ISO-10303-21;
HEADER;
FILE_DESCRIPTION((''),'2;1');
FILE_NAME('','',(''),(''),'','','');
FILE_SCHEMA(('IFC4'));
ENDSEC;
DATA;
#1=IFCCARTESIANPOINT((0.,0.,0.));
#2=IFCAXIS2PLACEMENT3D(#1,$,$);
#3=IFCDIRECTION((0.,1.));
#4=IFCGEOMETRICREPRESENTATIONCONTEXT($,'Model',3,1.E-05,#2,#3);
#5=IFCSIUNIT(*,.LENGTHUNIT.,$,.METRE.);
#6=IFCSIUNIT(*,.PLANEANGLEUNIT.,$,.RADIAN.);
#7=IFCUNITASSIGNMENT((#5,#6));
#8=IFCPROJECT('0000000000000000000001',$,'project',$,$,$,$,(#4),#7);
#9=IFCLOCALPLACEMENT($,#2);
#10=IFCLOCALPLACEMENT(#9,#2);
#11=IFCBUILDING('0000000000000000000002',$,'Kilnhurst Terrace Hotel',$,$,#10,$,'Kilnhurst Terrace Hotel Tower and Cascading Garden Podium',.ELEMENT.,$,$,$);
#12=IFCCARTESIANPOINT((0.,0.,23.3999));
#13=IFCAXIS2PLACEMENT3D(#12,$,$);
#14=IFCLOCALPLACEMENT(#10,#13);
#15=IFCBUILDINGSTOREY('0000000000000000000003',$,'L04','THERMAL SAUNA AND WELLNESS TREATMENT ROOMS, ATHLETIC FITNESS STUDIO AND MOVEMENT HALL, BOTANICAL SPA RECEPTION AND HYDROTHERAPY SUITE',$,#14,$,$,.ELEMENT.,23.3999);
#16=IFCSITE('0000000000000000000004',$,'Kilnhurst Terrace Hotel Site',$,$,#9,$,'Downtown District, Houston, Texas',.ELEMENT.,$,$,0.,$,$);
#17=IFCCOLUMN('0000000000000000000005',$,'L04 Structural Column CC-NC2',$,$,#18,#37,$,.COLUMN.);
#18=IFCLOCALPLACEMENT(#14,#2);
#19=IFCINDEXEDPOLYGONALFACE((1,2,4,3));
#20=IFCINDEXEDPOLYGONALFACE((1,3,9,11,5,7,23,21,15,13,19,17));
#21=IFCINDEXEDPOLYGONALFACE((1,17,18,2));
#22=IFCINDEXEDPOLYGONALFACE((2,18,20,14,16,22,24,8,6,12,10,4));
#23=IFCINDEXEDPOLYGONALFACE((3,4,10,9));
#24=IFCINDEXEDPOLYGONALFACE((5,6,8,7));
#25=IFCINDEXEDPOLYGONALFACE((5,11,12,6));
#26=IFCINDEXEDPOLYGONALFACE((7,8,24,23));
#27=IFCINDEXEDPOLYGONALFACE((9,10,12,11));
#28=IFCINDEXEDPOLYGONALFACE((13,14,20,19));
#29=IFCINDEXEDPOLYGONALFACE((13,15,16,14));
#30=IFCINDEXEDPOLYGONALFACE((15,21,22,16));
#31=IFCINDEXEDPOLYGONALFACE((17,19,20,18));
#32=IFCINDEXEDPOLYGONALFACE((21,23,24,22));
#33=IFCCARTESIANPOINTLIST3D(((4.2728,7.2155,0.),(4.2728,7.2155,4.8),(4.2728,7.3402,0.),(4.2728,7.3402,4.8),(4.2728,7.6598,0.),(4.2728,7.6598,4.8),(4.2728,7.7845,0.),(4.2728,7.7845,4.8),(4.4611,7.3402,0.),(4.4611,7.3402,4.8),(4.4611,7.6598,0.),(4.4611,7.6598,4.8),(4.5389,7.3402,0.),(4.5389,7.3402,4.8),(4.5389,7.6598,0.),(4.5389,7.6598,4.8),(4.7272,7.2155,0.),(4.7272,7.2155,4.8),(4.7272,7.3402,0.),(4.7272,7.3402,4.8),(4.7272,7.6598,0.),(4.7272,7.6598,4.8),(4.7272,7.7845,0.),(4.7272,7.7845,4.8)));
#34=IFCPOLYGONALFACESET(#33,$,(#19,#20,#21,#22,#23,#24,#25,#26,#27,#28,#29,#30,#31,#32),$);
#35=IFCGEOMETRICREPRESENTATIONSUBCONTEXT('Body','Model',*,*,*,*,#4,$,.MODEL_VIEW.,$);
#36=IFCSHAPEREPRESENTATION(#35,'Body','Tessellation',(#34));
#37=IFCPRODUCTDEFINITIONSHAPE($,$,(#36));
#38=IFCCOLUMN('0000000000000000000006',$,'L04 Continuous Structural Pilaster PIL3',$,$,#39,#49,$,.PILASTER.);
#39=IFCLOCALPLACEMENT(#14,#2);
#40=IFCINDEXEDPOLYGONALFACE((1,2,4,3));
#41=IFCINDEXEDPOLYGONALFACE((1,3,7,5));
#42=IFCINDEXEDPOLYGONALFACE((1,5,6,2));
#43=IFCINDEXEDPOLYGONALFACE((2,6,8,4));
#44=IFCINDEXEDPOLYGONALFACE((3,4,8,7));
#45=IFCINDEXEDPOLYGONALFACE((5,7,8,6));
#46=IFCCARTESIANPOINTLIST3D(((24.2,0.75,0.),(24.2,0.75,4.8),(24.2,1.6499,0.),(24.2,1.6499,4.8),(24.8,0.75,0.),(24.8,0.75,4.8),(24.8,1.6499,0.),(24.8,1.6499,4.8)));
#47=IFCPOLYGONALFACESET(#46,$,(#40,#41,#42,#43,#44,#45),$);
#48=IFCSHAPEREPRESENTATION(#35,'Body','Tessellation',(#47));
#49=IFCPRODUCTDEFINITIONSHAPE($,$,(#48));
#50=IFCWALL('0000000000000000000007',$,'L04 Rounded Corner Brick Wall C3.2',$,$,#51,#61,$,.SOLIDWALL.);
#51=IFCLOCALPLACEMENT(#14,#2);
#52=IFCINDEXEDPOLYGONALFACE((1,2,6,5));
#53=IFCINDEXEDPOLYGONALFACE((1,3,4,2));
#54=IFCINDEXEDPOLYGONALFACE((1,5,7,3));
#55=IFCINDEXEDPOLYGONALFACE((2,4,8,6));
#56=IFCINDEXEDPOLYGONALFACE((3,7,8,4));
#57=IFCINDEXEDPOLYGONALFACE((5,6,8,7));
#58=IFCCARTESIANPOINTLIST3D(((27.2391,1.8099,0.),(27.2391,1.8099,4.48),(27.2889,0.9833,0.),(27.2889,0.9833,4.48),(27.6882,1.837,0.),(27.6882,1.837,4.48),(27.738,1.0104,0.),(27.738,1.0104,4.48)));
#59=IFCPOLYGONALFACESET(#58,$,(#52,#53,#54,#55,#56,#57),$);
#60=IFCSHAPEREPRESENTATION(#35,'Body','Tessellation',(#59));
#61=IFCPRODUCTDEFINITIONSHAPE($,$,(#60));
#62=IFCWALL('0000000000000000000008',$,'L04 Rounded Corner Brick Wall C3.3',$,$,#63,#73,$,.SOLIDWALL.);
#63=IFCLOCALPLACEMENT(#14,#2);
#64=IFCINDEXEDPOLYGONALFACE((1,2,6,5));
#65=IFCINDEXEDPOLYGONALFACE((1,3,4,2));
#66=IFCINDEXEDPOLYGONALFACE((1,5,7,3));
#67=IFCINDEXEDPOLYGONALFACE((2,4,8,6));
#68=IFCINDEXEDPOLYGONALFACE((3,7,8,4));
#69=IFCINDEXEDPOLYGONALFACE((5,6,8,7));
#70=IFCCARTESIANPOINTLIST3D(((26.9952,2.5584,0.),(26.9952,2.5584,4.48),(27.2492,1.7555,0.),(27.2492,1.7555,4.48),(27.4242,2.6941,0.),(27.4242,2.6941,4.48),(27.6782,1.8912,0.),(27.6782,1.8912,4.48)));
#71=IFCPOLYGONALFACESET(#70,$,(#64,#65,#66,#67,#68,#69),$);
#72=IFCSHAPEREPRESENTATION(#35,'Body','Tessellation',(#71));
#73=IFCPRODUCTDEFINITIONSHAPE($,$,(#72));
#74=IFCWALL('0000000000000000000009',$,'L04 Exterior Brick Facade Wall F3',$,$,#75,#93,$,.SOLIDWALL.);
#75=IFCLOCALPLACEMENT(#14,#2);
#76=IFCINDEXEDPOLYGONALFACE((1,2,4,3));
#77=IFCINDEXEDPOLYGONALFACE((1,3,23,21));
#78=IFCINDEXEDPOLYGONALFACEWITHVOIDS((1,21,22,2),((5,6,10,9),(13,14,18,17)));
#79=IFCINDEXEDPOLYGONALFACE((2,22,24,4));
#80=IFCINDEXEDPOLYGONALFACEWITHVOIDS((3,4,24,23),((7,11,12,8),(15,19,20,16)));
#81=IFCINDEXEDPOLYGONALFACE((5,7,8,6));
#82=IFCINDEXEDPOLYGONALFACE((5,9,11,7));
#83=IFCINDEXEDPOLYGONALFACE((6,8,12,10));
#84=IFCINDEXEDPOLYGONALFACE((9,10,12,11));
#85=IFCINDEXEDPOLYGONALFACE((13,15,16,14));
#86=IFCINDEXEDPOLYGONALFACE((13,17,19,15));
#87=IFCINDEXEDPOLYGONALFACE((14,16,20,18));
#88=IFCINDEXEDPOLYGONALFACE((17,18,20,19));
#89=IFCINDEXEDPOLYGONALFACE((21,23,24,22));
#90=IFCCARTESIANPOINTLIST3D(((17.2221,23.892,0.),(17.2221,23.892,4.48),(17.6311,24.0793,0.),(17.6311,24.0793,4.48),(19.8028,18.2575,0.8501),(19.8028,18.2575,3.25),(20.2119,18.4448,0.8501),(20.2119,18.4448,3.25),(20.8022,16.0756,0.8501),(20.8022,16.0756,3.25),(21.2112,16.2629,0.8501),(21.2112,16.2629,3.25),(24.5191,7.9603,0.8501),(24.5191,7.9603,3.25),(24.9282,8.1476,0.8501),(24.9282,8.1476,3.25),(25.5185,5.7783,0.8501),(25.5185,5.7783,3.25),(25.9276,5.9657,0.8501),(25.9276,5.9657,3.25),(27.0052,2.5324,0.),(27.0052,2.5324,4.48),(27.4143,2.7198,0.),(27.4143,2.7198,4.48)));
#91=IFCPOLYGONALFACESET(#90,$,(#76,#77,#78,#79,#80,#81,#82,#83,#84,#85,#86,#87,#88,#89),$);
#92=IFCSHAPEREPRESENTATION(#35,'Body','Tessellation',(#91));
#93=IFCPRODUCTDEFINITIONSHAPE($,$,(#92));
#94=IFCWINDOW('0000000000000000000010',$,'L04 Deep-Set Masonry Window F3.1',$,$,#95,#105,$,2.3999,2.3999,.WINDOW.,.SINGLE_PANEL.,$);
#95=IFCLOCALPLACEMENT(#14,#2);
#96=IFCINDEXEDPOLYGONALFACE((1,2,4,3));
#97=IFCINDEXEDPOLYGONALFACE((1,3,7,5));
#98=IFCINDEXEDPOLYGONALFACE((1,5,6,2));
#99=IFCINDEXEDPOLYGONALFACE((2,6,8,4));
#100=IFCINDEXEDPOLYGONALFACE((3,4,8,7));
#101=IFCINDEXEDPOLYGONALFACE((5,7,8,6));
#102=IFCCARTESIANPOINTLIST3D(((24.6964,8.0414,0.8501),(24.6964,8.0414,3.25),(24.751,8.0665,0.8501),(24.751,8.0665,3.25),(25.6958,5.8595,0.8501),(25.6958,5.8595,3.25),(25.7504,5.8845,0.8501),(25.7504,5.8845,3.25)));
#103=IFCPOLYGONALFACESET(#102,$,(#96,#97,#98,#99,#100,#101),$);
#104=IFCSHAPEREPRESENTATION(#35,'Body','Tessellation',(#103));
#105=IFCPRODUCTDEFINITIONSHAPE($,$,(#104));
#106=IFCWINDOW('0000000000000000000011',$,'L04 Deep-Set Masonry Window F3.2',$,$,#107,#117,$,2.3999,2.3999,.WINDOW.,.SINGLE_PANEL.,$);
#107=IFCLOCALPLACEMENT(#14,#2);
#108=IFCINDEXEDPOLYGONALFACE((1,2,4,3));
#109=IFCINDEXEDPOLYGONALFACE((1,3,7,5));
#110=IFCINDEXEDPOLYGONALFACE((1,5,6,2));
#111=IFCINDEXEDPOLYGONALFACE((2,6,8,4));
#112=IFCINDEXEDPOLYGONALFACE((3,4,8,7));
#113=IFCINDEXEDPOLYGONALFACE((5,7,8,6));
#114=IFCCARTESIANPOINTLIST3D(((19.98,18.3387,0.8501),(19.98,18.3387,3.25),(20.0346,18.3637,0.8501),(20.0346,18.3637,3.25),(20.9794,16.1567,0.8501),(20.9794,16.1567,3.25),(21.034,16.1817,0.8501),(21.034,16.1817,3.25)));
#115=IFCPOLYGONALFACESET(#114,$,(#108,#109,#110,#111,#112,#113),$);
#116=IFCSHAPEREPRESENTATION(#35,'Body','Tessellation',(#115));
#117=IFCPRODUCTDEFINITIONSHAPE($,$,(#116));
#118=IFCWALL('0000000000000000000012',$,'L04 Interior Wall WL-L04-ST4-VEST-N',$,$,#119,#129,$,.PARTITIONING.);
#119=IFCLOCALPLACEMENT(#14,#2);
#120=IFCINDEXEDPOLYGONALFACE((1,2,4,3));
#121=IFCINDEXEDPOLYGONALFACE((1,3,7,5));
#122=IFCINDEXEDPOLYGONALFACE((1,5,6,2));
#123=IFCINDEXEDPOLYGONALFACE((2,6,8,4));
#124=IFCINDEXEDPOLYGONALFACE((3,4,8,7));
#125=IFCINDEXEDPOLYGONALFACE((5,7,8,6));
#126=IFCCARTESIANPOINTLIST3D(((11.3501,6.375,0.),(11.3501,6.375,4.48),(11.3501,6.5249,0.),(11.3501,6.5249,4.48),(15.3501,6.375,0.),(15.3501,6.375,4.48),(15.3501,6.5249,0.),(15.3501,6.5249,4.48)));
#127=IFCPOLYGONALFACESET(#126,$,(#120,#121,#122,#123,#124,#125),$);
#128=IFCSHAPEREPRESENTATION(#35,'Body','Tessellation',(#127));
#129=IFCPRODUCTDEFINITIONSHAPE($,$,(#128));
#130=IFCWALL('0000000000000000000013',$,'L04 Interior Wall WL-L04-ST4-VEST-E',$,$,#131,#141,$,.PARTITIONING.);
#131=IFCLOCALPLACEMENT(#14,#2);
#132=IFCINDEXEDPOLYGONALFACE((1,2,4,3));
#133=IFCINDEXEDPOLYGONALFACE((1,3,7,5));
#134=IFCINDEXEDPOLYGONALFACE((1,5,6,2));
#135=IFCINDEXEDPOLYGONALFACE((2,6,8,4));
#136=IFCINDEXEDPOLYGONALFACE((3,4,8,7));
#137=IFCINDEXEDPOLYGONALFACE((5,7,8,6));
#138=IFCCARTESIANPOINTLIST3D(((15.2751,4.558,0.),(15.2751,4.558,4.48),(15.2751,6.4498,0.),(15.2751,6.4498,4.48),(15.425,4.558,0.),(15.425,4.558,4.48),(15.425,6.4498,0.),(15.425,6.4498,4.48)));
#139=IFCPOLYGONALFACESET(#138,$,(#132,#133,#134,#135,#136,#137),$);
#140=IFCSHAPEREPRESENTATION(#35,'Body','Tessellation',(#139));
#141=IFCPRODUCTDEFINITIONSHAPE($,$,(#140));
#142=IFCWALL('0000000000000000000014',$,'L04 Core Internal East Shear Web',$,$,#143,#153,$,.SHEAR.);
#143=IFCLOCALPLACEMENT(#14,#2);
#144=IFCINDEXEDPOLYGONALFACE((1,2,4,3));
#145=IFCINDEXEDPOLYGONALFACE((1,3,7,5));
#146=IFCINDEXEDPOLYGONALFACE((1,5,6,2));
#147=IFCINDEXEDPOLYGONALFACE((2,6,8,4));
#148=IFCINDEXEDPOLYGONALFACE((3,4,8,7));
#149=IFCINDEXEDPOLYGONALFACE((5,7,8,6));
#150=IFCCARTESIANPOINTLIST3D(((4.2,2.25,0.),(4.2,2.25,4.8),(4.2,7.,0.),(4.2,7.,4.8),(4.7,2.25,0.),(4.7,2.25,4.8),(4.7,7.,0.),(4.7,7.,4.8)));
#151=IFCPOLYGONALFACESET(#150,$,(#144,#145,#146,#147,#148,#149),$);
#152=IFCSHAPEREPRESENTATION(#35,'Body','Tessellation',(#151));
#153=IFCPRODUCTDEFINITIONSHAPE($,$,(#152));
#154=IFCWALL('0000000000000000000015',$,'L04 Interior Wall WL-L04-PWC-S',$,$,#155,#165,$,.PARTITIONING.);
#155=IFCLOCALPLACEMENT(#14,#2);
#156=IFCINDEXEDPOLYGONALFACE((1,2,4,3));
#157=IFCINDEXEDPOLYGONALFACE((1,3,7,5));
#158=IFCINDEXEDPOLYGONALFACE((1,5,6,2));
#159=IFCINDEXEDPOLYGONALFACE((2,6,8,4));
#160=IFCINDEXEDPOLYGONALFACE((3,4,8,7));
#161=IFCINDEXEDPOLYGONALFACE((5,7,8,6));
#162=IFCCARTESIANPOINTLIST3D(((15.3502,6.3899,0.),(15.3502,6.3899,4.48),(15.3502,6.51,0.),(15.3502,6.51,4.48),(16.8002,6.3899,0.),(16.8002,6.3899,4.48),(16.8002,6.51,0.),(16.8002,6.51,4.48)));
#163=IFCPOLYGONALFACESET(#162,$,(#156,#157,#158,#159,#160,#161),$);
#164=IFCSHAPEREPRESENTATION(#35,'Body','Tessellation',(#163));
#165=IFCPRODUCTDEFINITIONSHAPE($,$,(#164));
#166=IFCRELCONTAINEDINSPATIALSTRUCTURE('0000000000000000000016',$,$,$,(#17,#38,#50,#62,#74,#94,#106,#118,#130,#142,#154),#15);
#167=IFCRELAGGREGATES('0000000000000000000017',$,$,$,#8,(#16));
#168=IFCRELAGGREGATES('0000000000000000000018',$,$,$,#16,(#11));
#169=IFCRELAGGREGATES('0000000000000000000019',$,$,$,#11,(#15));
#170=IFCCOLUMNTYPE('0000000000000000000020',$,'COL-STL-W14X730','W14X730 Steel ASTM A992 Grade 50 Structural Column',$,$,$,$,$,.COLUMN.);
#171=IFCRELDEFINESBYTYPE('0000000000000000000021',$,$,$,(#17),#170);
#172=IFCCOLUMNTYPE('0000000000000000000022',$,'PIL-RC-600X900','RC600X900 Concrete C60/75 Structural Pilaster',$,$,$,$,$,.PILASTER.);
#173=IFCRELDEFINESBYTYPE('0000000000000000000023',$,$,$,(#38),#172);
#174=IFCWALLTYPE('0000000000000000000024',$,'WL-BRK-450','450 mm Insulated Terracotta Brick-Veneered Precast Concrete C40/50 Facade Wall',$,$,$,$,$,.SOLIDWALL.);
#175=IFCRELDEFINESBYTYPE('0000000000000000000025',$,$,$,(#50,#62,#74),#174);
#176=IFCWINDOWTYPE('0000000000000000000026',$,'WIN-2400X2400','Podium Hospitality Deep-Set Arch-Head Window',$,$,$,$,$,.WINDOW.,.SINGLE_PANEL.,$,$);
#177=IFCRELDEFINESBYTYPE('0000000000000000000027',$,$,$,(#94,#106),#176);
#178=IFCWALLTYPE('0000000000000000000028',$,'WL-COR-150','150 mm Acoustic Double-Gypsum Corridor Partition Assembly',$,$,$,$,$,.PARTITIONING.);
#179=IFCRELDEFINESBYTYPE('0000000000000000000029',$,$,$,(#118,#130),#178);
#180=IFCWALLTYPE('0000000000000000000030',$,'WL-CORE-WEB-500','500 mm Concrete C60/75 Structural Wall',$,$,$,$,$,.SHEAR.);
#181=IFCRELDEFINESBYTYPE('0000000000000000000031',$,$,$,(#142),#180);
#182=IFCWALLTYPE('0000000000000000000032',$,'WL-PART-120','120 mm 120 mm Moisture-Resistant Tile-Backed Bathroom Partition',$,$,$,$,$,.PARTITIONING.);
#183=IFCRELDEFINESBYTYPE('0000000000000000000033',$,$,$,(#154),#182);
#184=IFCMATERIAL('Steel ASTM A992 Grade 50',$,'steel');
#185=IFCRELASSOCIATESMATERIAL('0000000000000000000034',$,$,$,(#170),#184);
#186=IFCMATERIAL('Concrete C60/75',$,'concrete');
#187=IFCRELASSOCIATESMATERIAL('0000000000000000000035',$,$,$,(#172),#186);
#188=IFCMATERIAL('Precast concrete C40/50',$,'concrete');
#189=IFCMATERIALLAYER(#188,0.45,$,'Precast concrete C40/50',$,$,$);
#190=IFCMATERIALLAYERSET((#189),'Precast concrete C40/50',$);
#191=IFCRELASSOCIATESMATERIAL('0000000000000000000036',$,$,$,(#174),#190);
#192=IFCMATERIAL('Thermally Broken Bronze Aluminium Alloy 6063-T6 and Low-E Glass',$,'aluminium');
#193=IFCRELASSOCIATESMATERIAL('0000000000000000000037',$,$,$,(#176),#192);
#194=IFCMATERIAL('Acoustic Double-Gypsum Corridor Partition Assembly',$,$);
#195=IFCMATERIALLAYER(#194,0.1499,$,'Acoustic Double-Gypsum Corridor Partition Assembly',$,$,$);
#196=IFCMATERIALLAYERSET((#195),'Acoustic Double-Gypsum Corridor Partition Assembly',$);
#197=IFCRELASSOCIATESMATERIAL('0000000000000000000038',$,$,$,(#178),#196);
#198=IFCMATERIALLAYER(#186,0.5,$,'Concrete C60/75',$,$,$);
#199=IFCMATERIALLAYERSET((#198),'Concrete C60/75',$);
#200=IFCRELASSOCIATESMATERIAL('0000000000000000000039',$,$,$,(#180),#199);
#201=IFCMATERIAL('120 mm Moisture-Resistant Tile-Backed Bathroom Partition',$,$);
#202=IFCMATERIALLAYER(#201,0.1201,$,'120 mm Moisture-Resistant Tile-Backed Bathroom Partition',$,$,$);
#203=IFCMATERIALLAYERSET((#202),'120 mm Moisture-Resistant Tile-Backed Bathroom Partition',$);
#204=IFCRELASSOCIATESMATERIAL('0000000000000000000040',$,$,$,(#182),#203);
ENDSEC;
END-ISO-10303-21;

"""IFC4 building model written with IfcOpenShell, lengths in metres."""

from ifc_helpers import new_model, si_unit, direction, frame, frame_2d, origin, origin_2d, place, context, subcontext, project, spatial, rectangle, i_section, extrude, material, layer, layer_set, material_profile, profile_set, type_object, element, fill, save


model = new_model("IFC4")

# Units and contexts
model_context = context("Model", 3, precision=1e-05, world=origin(), true_north=direction((0.0, 1.0)))
body_context = subcontext(model_context, "Body", "Model", "MODEL_VIEW")
ifc_project = project(units=[si_unit("LENGTHUNIT", "METRE"), si_unit("PLANEANGLEUNIT", "RADIAN")], contexts=[model_context])

# Site, building, storey
site_placement = place(None, origin())
site = spatial("IfcSite", under=ifc_project, at=site_placement, Name="Kilnhurst Terrace Hotel Site", LongName="Downtown District, Houston, Texas", CompositionType="ELEMENT", RefElevation=0.0)
building_placement = place(site_placement, origin())
building = spatial("IfcBuilding", under=site, at=building_placement, Name="Kilnhurst Terrace Hotel", LongName="Kilnhurst Terrace Hotel Tower and Cascading Garden Podium", CompositionType="ELEMENT")
storey_placement = place(building_placement, frame((0.0, 0.0, 23.3999)))
storey = spatial("IfcBuildingStorey", under=building, at=storey_placement, Name="L04", Description="THERMAL SAUNA AND WELLNESS TREATMENT ROOMS, ATHLETIC FITNESS STUDIO AND MOVEMENT HALL, BOTANICAL SPA RECEPTION AND HYDROTHERAPY SUITE", CompositionType="ELEMENT", Elevation=23.3999)

# Columns
ifc_material_1 = material(Name="Steel ASTM A992 Grade 50", Category="steel")
ifc_material_profile_1 = material_profile(ifc_material_1, i_section(OverallWidth=0.4543, OverallDepth=0.5691, WebThickness=0.0779, FlangeThickness=0.1248, at=origin_2d()), Name="W14X730")
ifc_profile_set_1 = profile_set([ifc_material_profile_1], Name="Steel ASTM A992 Grade 50")
column_type_1 = type_object("IfcColumnType", Name="COL-STL-W14X730", Description="W14X730 Steel ASTM A992 Grade 50 Structural Column", PredefinedType="COLUMN", material=ifc_profile_set_1)
column_1_placement = place(storey_placement, frame((4.5, 7.5, 0.0), z_axis=(0.0, 0.0, 1.0), x_axis=(1.0, 0.0, 0.0)))
element("IfcColumn", 1, at=column_1_placement, inside=storey, type_object=column_type_1, Name="L04 Structural Column CC-NC2", PredefinedType="COLUMN", context=body_context, shape_type="SweptSolid", body=[
    extrude(i_section(OverallWidth=0.4543, OverallDepth=0.5691, WebThickness=0.0779, FlangeThickness=0.1248, at=origin_2d()), origin(), (0.0, 0.0, 1.0), 4.8),
])
ifc_material_2 = material(Name="Concrete C60/75", Category="concrete")
ifc_material_profile_2 = material_profile(ifc_material_2, rectangle(XDim=0.6001, YDim=0.8999, at=origin_2d()), Name="RC600X900")
ifc_profile_set_2 = profile_set([ifc_material_profile_2], Name="Concrete C60/75")
column_type_2 = type_object("IfcColumnType", Name="PIL-RC-600X900", Description="RC600X900 Concrete C60/75 Structural Pilaster", PredefinedType="PILASTER", material=ifc_profile_set_2)
column_2_placement = place(storey_placement, frame((24.5, 1.2, 0.0), z_axis=(0.0, 0.0, 1.0), x_axis=(1.0, 0.0, 0.0)))
element("IfcColumn", 2, at=column_2_placement, inside=storey, type_object=column_type_2, Name="L04 Continuous Structural Pilaster PIL3", PredefinedType="PILASTER", context=body_context, shape_type="SweptSolid", body=[
    extrude(rectangle(XDim=0.6001, YDim=0.8999, at=origin_2d()), origin(), (0.0, 0.0, 1.0), 4.8),
])

# Walls
ifc_material_3 = material(Name="Precast concrete C40/50", Category="concrete")
ifc_layer_1 = layer(ifc_material_3, 0.45, Name="Precast concrete C40/50")
ifc_layer_set_1 = layer_set([ifc_layer_1], Name="Precast concrete C40/50")
wall_type_1 = type_object("IfcWallType", Name="WL-BRK-450", Description="450 mm Insulated Terracotta Brick-Veneered Precast Concrete C40/50 Facade Wall", PredefinedType="SOLIDWALL", material=ifc_layer_set_1)
wall_1_placement = place(storey_placement, frame((27.5134, 0.9968, 0.0), z_axis=(0.0, 0.0, 1.0), x_axis=(-0.060139, 0.99819, 0.0)))
element("IfcWall", 3, at=wall_1_placement, inside=storey, type_object=wall_type_1, Name="L04 Rounded Corner Brick Wall C3.2", PredefinedType="SOLIDWALL", context=body_context, shape_type="SweptSolid", body=[
    extrude(rectangle(XDim=0.8281, YDim=0.45, at=frame_2d((0.4141, 0.0))), origin(), (0.0, 0.0, 1.0), 4.48),
])
wall_2_placement = place(storey_placement, frame((27.4636, 1.8235, 0.0), z_axis=(0.0, 0.0, 1.0), x_axis=(-0.301575, 0.953442, 0.0)))
element("IfcWall", 4, at=wall_2_placement, inside=storey, type_object=wall_type_1, Name="L04 Rounded Corner Brick Wall C3.3", PredefinedType="SOLIDWALL", context=body_context, shape_type="SweptSolid", body=[
    extrude(rectangle(XDim=0.842, YDim=0.45, at=frame_2d((0.4209, 0.0))), origin(), (0.0, 0.0, 1.0), 4.48),
])

# Wall, openings, windows
wall_3_placement = place(storey_placement, frame((27.2097, 2.6262, 0.0), z_axis=(0.0, 0.0, 1.0), x_axis=(-0.416422, 0.909172, 0.0)))
wall_3 = element("IfcWall", 5, at=wall_3_placement, inside=storey, type_object=wall_type_1, Name="L04 Exterior Brick Facade Wall F3", PredefinedType="SOLIDWALL", context=body_context, shape_type="SweptSolid", body=[
    extrude(rectangle(XDim=23.4934, YDim=0.45, at=frame_2d((11.7466, 0.0))), origin(), (0.0, 0.0, 1.0), 4.48),
])
opening_1_placement = place(wall_3_placement, frame((3.5701, 0.0, 0.8501)))
opening_1 = element("IfcOpeningElement", 6, at=opening_1_placement, cuts=wall_3, PredefinedType="OPENING", context=body_context, shape_type="SweptSolid", body=[
    extrude(rectangle(XDim=2.3999, YDim=2.3999, at=frame_2d((1.2, 1.2))), frame((0.0, 0.2349, 0.0), z_axis=(0.0, -1.0, 0.0), x_axis=(1.0, 0.0, 0.0)), (0.0, 0.0, 1.0), 0.47),
])
opening_2_placement = place(wall_3_placement, frame((14.896, 0.0, 0.8501)))
opening_2 = element("IfcOpeningElement", 7, at=opening_2_placement, cuts=wall_3, PredefinedType="OPENING", context=body_context, shape_type="SweptSolid", body=[
    extrude(rectangle(XDim=2.3999, YDim=2.3999, at=frame_2d((1.2, 1.2))), frame((0.0, 0.2349, 0.0), z_axis=(0.0, -1.0, 0.0), x_axis=(1.0, 0.0, 0.0)), (0.0, 0.0, 1.0), 0.47),
])
ifc_material_4 = material(Name="Thermally Broken Bronze Aluminium Alloy 6063-T6 and Low-E Glass", Category="aluminium")
window_type = type_object("IfcWindowType", Name="WIN-2400X2400", Description="Podium Hospitality Deep-Set Arch-Head Window", PartitioningType="SINGLE_PANEL", PredefinedType="WINDOW", material=ifc_material_4)
window_1_placement = place(opening_1_placement, origin())
window_1 = element("IfcWindow", 8, at=window_1_placement, inside=storey, type_object=window_type, Name="L04 Deep-Set Masonry Window F3.1", OverallHeight=2.3999, OverallWidth=2.3999, PartitioningType="SINGLE_PANEL", PredefinedType="WINDOW", context=body_context, shape_type="SweptSolid", body=[
    extrude(rectangle(XDim=2.3999, YDim=2.3999, at=frame_2d((1.2, 1.2))), frame((0.0, 0.03, 0.0), z_axis=(0.0, -1.0, 0.0), x_axis=(1.0, 0.0, 0.0)), (0.0, 0.0, 1.0), 0.0601),
])
fill(opening_1, window_1)
window_2_placement = place(opening_2_placement, origin())
window_2 = element("IfcWindow", 9, at=window_2_placement, inside=storey, type_object=window_type, Name="L04 Deep-Set Masonry Window F3.2", OverallHeight=2.3999, OverallWidth=2.3999, PartitioningType="SINGLE_PANEL", PredefinedType="WINDOW", context=body_context, shape_type="SweptSolid", body=[
    extrude(rectangle(XDim=2.3999, YDim=2.3999, at=frame_2d((1.2, 1.2))), frame((0.0, 0.03, 0.0), z_axis=(0.0, -1.0, 0.0), x_axis=(1.0, 0.0, 0.0)), (0.0, 0.0, 1.0), 0.0601),
])
fill(opening_2, window_2)

# Walls
ifc_material_5 = material(Name="Acoustic Double-Gypsum Corridor Partition Assembly")
ifc_layer_2 = layer(ifc_material_5, 0.1499, Name="Acoustic Double-Gypsum Corridor Partition Assembly")
ifc_layer_set_2 = layer_set([ifc_layer_2], Name="Acoustic Double-Gypsum Corridor Partition Assembly")
wall_type_2 = type_object("IfcWallType", Name="WL-COR-150", Description="150 mm Acoustic Double-Gypsum Corridor Partition Assembly", PredefinedType="PARTITIONING", material=ifc_layer_set_2)
wall_4_placement = place(storey_placement, frame((11.3501, 6.45, 0.0), z_axis=(0.0, 0.0, 1.0), x_axis=(1.0, 0.0, 0.0)))
element("IfcWall", 10, at=wall_4_placement, inside=storey, type_object=wall_type_2, Name="L04 Interior Wall WL-L04-ST4-VEST-N", PredefinedType="PARTITIONING", context=body_context, shape_type="SweptSolid", body=[
    extrude(rectangle(XDim=4.0, YDim=0.1499, at=frame_2d((2.0, 0.0))), origin(), (0.0, 0.0, 1.0), 4.48),
])
wall_5_placement = place(storey_placement, frame((15.3501, 4.5581, 0.0), z_axis=(0.0, 0.0, 1.0), x_axis=(0.0, 1.0, 0.0)))
element("IfcWall", 11, at=wall_5_placement, inside=storey, type_object=wall_type_2, Name="L04 Interior Wall WL-L04-ST4-VEST-E", PredefinedType="PARTITIONING", context=body_context, shape_type="SweptSolid", body=[
    extrude(rectangle(XDim=1.8918, YDim=0.1499, at=frame_2d((0.9458, 0.0))), origin(), (0.0, 0.0, 1.0), 4.48),
])
ifc_layer_3 = layer(ifc_material_2, 0.5, Name="Concrete C60/75")
ifc_layer_set_3 = layer_set([ifc_layer_3], Name="Concrete C60/75")
wall_type_3 = type_object("IfcWallType", Name="WL-CORE-WEB-500", Description="500 mm Concrete C60/75 Structural Wall", PredefinedType="SHEAR", material=ifc_layer_set_3)
wall_6_placement = place(storey_placement, frame((4.45, 2.25, 0.0), z_axis=(0.0, 0.0, 1.0), x_axis=(0.0, 1.0, 0.0)))
element("IfcWall", 12, at=wall_6_placement, inside=storey, type_object=wall_type_3, Name="L04 Core Internal East Shear Web", PredefinedType="SHEAR", context=body_context, shape_type="SweptSolid", body=[
    extrude(rectangle(XDim=4.75, YDim=0.5, at=frame_2d((2.375, 0.0))), origin(), (0.0, 0.0, 1.0), 4.8),
])
ifc_material_6 = material(Name="120 mm Moisture-Resistant Tile-Backed Bathroom Partition")
ifc_layer_4 = layer(ifc_material_6, 0.1201, Name="120 mm Moisture-Resistant Tile-Backed Bathroom Partition")
ifc_layer_set_4 = layer_set([ifc_layer_4], Name="120 mm Moisture-Resistant Tile-Backed Bathroom Partition")
wall_type_4 = type_object("IfcWallType", Name="WL-PART-120", Description="120 mm 120 mm Moisture-Resistant Tile-Backed Bathroom Partition", PredefinedType="PARTITIONING", material=ifc_layer_set_4)
wall_7_placement = place(storey_placement, frame((15.3501, 6.45, 0.0), z_axis=(0.0, 0.0, 1.0), x_axis=(1.0, 0.0, 0.0)))
element("IfcWall", 13, at=wall_7_placement, inside=storey, type_object=wall_type_4, Name="L04 Interior Wall WL-L04-PWC-S", PredefinedType="PARTITIONING", context=body_context, shape_type="SweptSolid", body=[
    extrude(rectangle(XDim=1.45, YDim=0.1201, at=frame_2d((0.7251, 0.0))), origin(), (0.0, 0.0, 1.0), 4.48),
])

save(model, "model.ifc")
